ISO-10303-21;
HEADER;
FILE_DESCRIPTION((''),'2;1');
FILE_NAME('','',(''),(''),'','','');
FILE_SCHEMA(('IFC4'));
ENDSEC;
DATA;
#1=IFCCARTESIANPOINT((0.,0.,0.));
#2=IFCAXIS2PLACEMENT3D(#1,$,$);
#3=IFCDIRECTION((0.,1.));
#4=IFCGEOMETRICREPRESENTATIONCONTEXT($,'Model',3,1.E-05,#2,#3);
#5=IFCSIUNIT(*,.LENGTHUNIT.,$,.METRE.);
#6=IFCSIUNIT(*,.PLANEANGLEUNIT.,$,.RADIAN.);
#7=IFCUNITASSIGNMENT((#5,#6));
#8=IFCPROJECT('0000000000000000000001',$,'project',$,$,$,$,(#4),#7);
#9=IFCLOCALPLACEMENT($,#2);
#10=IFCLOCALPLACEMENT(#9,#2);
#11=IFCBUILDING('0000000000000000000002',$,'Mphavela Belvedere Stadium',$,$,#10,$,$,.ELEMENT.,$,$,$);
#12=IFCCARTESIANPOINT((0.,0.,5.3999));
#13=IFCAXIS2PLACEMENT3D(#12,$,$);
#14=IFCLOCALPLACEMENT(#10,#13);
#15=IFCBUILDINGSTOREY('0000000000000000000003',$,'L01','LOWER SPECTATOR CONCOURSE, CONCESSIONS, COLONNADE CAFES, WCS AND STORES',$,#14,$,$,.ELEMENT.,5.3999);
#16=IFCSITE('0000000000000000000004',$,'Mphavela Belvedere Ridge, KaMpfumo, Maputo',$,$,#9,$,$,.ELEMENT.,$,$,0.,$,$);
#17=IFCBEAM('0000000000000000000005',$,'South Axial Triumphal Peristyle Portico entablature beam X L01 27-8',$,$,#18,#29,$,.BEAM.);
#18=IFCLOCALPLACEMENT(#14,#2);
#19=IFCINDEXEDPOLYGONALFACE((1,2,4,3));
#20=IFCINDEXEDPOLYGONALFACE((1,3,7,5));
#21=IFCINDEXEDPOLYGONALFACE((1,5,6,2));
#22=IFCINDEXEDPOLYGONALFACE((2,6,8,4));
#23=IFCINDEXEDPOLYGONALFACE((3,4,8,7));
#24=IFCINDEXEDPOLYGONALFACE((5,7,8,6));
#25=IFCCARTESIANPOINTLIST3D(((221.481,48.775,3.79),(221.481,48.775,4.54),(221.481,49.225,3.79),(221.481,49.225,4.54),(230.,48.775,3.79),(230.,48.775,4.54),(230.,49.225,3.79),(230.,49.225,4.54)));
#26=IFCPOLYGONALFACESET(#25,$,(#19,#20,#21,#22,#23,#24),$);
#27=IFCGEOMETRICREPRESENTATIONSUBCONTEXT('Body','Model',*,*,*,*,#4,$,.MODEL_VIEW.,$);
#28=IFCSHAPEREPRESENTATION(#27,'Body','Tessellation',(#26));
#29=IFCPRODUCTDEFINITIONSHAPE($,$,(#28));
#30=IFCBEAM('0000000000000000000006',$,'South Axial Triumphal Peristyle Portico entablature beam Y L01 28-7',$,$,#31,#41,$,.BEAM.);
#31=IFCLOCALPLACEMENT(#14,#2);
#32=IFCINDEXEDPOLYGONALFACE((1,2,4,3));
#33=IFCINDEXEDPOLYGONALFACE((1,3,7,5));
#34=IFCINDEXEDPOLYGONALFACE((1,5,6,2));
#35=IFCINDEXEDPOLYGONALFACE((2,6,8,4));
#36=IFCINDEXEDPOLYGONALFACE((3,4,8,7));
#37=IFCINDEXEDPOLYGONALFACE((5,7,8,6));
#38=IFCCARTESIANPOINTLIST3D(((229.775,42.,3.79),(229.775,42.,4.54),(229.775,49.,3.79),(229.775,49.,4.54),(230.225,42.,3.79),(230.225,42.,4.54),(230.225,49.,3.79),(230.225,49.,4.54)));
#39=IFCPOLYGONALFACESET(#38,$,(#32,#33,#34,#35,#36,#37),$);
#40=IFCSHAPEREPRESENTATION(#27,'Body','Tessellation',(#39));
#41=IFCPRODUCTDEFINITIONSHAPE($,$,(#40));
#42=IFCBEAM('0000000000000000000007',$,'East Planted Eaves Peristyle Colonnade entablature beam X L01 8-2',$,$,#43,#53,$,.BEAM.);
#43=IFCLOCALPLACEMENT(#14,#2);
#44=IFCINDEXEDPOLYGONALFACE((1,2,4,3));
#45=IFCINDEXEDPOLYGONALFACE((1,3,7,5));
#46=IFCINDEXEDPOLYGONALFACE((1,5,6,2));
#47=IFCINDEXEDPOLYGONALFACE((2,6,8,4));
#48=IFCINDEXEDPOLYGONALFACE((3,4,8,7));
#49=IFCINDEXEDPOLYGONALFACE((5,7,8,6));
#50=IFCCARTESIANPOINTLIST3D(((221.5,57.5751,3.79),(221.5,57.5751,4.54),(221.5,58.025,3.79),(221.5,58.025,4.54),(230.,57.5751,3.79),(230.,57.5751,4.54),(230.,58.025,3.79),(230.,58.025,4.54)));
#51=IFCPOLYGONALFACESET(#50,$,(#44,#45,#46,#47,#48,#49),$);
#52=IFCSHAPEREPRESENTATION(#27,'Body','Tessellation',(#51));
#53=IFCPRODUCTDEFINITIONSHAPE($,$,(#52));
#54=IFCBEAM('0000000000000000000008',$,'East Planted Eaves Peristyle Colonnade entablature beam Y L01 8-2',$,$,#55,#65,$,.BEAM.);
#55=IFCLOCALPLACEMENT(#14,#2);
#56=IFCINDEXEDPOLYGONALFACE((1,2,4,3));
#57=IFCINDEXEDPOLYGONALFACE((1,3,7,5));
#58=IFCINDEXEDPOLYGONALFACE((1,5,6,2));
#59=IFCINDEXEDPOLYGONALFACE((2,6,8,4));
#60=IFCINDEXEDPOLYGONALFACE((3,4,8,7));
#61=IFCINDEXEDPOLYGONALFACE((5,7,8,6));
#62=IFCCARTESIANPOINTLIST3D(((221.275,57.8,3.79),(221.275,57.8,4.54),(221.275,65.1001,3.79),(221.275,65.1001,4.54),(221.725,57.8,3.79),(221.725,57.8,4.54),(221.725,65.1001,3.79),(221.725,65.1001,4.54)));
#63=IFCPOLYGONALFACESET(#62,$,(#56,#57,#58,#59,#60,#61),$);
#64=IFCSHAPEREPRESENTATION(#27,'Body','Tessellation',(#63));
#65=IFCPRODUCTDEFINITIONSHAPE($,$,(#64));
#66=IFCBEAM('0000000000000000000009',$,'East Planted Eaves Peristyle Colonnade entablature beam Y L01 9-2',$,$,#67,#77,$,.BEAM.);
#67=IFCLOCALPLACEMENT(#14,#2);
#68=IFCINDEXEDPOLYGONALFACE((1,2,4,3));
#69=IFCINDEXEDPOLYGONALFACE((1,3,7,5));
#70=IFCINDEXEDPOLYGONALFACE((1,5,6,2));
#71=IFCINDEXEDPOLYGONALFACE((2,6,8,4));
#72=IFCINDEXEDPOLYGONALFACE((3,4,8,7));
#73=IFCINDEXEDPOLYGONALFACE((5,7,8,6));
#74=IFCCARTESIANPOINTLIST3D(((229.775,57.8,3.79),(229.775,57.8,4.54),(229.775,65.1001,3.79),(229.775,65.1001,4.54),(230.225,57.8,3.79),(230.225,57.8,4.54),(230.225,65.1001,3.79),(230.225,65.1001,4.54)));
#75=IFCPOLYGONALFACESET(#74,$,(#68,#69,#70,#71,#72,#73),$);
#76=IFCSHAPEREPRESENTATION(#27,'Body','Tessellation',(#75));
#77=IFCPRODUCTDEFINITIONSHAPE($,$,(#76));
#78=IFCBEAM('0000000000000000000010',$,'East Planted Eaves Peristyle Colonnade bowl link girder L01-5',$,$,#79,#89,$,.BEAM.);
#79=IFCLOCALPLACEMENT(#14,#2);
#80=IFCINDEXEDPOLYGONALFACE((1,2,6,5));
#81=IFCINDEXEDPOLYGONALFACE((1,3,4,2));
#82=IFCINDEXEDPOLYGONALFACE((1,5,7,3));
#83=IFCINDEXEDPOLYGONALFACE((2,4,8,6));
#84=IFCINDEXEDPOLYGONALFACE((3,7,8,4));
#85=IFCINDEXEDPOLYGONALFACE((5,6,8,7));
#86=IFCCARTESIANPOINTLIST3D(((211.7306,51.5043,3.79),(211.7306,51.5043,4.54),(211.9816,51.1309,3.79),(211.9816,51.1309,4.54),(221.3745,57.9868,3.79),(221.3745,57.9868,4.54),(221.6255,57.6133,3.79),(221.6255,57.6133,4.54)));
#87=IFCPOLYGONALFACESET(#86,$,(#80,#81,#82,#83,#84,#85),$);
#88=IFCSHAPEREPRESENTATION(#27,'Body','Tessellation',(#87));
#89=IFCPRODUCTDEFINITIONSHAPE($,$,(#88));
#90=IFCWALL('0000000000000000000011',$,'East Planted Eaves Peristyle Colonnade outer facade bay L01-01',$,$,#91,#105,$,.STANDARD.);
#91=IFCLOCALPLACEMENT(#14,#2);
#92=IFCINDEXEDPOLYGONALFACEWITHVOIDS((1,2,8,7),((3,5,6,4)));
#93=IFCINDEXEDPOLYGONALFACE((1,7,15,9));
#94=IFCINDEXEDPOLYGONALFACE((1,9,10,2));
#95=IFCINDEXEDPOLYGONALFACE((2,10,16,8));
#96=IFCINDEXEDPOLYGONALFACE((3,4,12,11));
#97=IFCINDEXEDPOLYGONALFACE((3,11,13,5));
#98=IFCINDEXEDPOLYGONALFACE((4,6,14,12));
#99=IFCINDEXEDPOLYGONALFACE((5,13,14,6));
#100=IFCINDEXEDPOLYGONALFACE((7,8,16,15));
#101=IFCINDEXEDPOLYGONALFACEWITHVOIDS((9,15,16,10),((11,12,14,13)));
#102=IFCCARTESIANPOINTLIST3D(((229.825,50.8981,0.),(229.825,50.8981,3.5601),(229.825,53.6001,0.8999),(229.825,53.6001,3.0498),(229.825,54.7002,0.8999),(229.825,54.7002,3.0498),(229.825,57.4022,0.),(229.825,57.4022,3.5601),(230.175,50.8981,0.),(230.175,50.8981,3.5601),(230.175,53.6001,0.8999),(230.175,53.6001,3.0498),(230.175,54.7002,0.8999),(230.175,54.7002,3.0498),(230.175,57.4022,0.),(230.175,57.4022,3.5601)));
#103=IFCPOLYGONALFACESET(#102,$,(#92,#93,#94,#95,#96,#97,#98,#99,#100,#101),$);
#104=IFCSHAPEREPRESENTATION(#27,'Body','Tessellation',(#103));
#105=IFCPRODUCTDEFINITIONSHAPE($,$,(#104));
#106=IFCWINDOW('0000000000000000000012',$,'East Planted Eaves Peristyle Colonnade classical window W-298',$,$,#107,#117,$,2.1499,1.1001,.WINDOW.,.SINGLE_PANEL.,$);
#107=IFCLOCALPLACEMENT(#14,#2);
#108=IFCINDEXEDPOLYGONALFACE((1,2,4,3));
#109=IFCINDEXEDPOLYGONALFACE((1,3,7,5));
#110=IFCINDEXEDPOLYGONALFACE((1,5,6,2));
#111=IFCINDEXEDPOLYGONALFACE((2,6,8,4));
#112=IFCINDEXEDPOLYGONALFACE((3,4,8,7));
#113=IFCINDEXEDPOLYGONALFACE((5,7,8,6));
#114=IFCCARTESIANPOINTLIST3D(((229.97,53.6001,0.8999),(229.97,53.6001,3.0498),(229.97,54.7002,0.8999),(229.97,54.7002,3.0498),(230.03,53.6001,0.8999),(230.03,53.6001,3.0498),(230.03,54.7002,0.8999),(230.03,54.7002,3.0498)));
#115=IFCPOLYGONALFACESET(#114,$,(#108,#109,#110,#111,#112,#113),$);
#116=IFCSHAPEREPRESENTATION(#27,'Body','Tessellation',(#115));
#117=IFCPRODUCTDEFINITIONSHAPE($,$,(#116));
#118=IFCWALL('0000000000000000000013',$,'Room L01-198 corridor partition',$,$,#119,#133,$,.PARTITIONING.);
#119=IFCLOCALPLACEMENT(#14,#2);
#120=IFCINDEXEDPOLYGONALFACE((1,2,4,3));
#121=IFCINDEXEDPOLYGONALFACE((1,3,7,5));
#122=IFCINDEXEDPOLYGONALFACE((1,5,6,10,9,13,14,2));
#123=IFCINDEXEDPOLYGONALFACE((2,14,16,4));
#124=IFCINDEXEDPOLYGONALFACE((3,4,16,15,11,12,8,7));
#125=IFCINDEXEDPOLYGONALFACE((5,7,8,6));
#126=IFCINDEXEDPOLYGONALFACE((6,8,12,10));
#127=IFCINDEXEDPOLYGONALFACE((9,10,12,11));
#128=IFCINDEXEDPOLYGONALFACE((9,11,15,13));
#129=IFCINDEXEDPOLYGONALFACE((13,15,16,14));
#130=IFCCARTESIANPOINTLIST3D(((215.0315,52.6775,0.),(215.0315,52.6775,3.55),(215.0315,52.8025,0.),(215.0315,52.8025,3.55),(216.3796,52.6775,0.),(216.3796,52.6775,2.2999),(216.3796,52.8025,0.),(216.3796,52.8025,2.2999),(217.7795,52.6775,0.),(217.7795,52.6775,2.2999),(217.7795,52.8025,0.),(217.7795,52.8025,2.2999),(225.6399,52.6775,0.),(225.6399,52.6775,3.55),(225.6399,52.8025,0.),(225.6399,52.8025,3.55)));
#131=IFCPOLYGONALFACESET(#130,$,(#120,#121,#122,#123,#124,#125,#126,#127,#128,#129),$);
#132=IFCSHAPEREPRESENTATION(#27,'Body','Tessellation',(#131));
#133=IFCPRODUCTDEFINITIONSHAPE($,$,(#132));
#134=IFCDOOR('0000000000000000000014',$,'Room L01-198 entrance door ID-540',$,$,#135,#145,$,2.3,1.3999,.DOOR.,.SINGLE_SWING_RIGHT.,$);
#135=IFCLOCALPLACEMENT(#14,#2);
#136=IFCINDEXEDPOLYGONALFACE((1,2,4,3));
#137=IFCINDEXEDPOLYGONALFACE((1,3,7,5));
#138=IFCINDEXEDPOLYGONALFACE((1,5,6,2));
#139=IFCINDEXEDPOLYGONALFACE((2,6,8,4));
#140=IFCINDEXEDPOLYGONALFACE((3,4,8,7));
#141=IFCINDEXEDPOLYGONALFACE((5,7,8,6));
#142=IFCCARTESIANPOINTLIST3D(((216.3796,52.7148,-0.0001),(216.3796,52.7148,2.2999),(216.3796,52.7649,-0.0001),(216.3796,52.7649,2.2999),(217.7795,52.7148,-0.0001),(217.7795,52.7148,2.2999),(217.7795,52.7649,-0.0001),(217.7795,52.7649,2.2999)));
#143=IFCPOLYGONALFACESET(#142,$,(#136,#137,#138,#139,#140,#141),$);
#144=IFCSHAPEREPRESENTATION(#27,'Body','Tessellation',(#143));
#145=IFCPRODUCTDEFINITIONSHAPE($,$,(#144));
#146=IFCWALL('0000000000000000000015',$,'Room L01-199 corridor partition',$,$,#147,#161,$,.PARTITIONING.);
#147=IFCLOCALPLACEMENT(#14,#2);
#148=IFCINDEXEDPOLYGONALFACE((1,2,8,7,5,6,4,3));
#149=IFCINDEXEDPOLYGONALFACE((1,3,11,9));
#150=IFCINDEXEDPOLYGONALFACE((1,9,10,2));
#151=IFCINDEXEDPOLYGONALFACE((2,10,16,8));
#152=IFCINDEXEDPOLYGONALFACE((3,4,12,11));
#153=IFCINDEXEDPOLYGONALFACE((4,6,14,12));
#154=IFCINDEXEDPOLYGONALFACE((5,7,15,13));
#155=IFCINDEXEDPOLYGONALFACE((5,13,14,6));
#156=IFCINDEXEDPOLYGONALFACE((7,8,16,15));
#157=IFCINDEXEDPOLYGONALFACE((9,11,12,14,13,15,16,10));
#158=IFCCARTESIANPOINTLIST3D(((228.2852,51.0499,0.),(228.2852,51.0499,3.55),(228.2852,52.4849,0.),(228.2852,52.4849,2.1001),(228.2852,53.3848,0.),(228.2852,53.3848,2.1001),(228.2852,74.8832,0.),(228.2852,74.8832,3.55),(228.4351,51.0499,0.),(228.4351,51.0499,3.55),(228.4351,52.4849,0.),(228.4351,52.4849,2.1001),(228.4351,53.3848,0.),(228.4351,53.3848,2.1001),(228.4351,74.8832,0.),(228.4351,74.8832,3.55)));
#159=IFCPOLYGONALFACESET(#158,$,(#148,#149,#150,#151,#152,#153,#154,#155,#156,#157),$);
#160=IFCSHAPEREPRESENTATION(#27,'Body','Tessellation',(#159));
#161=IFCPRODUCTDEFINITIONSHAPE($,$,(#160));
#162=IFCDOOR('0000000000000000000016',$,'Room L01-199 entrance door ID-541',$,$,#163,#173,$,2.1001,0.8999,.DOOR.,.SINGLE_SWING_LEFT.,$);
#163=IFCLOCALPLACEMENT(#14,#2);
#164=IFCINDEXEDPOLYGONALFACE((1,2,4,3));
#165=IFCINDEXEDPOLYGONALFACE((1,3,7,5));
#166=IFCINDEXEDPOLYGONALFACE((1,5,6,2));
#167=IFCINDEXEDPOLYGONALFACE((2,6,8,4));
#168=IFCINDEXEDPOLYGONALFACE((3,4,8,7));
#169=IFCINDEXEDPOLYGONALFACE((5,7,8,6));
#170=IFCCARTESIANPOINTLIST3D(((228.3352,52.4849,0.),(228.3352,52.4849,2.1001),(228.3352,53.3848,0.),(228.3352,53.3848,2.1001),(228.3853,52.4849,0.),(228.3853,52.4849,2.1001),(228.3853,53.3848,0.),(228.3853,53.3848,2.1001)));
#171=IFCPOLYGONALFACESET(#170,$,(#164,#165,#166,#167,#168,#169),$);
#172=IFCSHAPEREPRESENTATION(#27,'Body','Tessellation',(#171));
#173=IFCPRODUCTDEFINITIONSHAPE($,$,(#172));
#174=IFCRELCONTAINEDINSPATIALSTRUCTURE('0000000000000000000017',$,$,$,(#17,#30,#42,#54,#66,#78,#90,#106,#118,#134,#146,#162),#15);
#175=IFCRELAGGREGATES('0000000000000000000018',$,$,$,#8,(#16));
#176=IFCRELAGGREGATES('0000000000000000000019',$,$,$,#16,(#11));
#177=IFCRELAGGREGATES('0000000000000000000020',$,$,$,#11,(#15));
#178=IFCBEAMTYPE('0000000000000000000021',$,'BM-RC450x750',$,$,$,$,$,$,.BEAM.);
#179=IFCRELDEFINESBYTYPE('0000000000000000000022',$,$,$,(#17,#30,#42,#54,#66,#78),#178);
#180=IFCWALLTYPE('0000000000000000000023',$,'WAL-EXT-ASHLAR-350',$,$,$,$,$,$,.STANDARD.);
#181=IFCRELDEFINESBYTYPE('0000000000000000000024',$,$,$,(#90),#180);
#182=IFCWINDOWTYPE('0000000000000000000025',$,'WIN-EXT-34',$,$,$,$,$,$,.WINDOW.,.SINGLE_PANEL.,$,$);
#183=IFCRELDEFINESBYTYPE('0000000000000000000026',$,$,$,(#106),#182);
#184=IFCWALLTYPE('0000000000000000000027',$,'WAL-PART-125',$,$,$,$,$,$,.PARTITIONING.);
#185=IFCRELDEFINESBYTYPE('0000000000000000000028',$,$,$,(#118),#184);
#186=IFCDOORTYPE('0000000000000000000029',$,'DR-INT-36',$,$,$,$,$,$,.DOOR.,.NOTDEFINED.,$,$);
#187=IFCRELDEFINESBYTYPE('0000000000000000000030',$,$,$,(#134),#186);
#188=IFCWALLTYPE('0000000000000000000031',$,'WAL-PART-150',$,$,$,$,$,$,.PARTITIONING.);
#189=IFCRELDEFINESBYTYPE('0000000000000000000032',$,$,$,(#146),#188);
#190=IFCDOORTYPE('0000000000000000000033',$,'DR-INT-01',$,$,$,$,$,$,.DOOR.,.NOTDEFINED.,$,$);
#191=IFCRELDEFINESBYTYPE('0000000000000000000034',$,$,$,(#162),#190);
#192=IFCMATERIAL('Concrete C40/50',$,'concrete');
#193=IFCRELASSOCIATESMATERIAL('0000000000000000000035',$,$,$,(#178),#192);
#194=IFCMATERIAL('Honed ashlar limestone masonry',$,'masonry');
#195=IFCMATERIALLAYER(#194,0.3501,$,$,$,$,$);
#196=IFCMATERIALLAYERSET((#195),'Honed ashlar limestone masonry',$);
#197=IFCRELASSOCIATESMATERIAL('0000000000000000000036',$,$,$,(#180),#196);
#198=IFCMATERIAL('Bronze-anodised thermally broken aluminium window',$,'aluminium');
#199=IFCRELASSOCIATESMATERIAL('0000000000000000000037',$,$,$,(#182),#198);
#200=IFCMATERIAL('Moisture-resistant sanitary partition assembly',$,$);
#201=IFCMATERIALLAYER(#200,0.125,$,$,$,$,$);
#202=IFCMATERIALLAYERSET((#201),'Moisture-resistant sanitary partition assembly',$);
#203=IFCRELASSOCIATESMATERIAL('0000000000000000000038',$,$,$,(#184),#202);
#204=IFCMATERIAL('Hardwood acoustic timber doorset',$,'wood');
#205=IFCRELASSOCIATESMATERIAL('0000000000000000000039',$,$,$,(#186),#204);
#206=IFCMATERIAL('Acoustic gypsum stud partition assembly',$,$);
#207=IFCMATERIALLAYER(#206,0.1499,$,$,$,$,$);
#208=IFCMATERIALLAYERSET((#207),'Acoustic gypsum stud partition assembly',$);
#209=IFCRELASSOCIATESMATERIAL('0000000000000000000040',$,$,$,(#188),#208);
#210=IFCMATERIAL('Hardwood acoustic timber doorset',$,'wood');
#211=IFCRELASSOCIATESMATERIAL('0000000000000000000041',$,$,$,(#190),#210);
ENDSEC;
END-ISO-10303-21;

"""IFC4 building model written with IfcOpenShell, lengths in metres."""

from ifc_helpers import new_model, si_unit, direction, frame, frame_2d, origin, origin_2d, place, context, subcontext, project, spatial, rectangle, extrude, material, layer, layer_set, material_profile, profile_set, type_object, element, fill, save


model = new_model("IFC4")

# Units and contexts
model_context = context("Model", 3, precision=1e-05, world=origin(), true_north=direction((0.0, 1.0)))
body_context = subcontext(model_context, "Body", "Model", "MODEL_VIEW")
ifc_project = project(units=[si_unit("LENGTHUNIT", "METRE"), si_unit("PLANEANGLEUNIT", "RADIAN")], contexts=[model_context])

# Site, building, storey
site_placement = place(None, origin())
site = spatial("IfcSite", under=ifc_project, at=site_placement, Name="Mphavela Belvedere Ridge, KaMpfumo, Maputo", CompositionType="ELEMENT", RefElevation=0.0)
building_placement = place(site_placement, origin())
building = spatial("IfcBuilding", under=site, at=building_placement, Name="Mphavela Belvedere Stadium", CompositionType="ELEMENT")
storey_placement = place(building_placement, frame((0.0, 0.0, 5.3999)))
storey = spatial("IfcBuildingStorey", under=building, at=storey_placement, Name="L01", Description="LOWER SPECTATOR CONCOURSE, CONCESSIONS, COLONNADE CAFES, WCS AND STORES", CompositionType="ELEMENT", Elevation=5.3999)

# Beams
ifc_material_1 = material(Name="Concrete C40/50", Category="concrete")
ifc_material_profile_1 = material_profile(ifc_material_1, rectangle(XDim=0.45, YDim=0.75, at=origin_2d()), Name="RC 450x750")
ifc_profile_set_1 = profile_set([ifc_material_profile_1], Name="Concrete C40/50")
beam_type_1 = type_object("IfcBeamType", Name="BM-RC450x750", PredefinedType="BEAM", material=ifc_profile_set_1)
beam_1_placement = place(storey_placement, frame((221.481, 49.0, 4.165), z_axis=(1.0, 0.0, 0.0), x_axis=(0.0, 1.0, 0.0)))
element("IfcBeam", 1, at=beam_1_placement, inside=storey, type_object=beam_type_1, Name="South Axial Triumphal Peristyle Portico entablature beam X L01 27-8", PredefinedType="BEAM", context=body_context, shape_type="SweptSolid", body=[
    extrude(rectangle(XDim=0.45, YDim=0.75, at=origin_2d()), origin(), (0.0, 0.0, 1.0), 8.519),
])
beam_2_placement = place(storey_placement, frame((230.0, 42.0, 4.165), z_axis=(0.0, 1.0, 0.0), x_axis=(-1.0, 0.0, 0.0)))
element("IfcBeam", 2, at=beam_2_placement, inside=storey, type_object=beam_type_1, Name="South Axial Triumphal Peristyle Portico entablature beam Y L01 28-7", PredefinedType="BEAM", context=body_context, shape_type="SweptSolid", body=[
    extrude(rectangle(XDim=0.45, YDim=0.75, at=origin_2d()), origin(), (0.0, 0.0, 1.0), 7.0),
])
beam_3_placement = place(storey_placement, frame((221.5, 57.8, 4.165), z_axis=(1.0, 0.0, 0.0), x_axis=(0.0, 1.0, 0.0)))
element("IfcBeam", 3, at=beam_3_placement, inside=storey, type_object=beam_type_1, Name="East Planted Eaves Peristyle Colonnade entablature beam X L01 8-2", PredefinedType="BEAM", context=body_context, shape_type="SweptSolid", body=[
    extrude(rectangle(XDim=0.45, YDim=0.75, at=origin_2d()), origin(), (0.0, 0.0, 1.0), 8.5),
])
for number, where, z_axis, x_axis, name in (
    (4, (221.5, 57.8, 4.165), (0.0, 1.0, 0.0), (-1.0, 0.0, 0.0), "East Planted Eaves Peristyle Colonnade entablature beam Y L01 8-2"),
    (5, (230.0, 57.8, 4.165), (0.0, 1.0, 0.0), (-1.0, 0.0, 0.0), "East Planted Eaves Peristyle Colonnade entablature beam Y L01 9-2"),
):
    element("IfcBeam", number, at=place(storey_placement, frame(where, z_axis=z_axis, x_axis=x_axis)), inside=storey, type_object=beam_type_1, Name=name, PredefinedType="BEAM", context=body_context, shape_type="SweptSolid", body=[
        extrude(rectangle(XDim=0.45, YDim=0.75, at=origin_2d()), origin(), (0.0, 0.0, 1.0), 7.3),
    ])
beam_4_placement = place(storey_placement, frame((221.5, 57.8, 4.165), z_axis=(-0.82993, -0.557867, 0.0), x_axis=(0.557867, -0.82993, 0.0)))
element("IfcBeam", 6, at=beam_4_placement, inside=storey, type_object=beam_type_1, Name="East Planted Eaves Peristyle Colonnade bowl link girder L01-5", PredefinedType="BEAM", context=body_context, shape_type="SweptSolid", body=[
    extrude(rectangle(XDim=0.45, YDim=0.75, at=origin_2d()), origin(), (0.0, 0.0, 1.0), 11.6201),
])

# Wall, opening, window
ifc_material_2 = material(Name="Honed ashlar limestone masonry", Category="masonry")
ifc_layer_1 = layer(ifc_material_2, 0.3501)
ifc_layer_set_1 = layer_set([ifc_layer_1], Name="Honed ashlar limestone masonry")
wall_type_1 = type_object("IfcWallType", Name="WAL-EXT-ASHLAR-350", PredefinedType="STANDARD", material=ifc_layer_set_1)
wall_1_placement = place(storey_placement, frame((230.0, 57.4021, 0.0), z_axis=(0.0, 0.0, 1.0), x_axis=(0.0, -1.0, 0.0)))
wall_1 = element("IfcWall", 7, at=wall_1_placement, inside=storey, type_object=wall_type_1, Name="East Planted Eaves Peristyle Colonnade outer facade bay L01-01", PredefinedType="STANDARD", context=body_context, shape_type="SweptSolid", body=[
    extrude(rectangle(XDim=6.5042, YDim=0.3501, at=frame_2d((3.252, 0.0))), origin(), (0.0, 0.0, 1.0), 3.5601),
])
opening_1_placement = place(wall_1_placement, frame((2.7019, 0.0, 0.8999)))
opening_1 = element("IfcOpeningElement", 8, at=opening_1_placement, cuts=wall_1, PredefinedType="OPENING", context=body_context, shape_type="SweptSolid", body=[
    extrude(rectangle(XDim=1.1001, YDim=2.1499, at=frame_2d((0.55, 1.075))), frame((0.0, 0.1851, 0.0), z_axis=(0.0, -1.0, 0.0), x_axis=(1.0, 0.0, 0.0)), (0.0, 0.0, 1.0), 0.3701),
])
ifc_material_3 = material(Name="Bronze-anodised thermally broken aluminium window", Category="aluminium")
window_type = type_object("IfcWindowType", Name="WIN-EXT-34", PartitioningType="SINGLE_PANEL", PredefinedType="WINDOW", material=ifc_material_3)
window_placement = place(opening_1_placement, origin())
window = element("IfcWindow", 9, at=window_placement, inside=storey, type_object=window_type, Name="East Planted Eaves Peristyle Colonnade classical window W-298", OverallHeight=2.1499, OverallWidth=1.1001, PartitioningType="SINGLE_PANEL", PredefinedType="WINDOW", context=body_context, shape_type="SweptSolid", body=[
    extrude(rectangle(XDim=1.1001, YDim=2.1499, at=frame_2d((0.55, 1.075))), frame((0.0, 0.03, 0.0), z_axis=(0.0, -1.0, 0.0), x_axis=(1.0, 0.0, 0.0)), (0.0, 0.0, 1.0), 0.0601),
])
fill(opening_1, window)

# Walls, openings, doors
ifc_material_4 = material(Name="Moisture-resistant sanitary partition assembly")
ifc_layer_2 = layer(ifc_material_4, 0.125)
ifc_layer_set_2 = layer_set([ifc_layer_2], Name="Moisture-resistant sanitary partition assembly")
wall_type_2 = type_object("IfcWallType", Name="WAL-PART-125", PredefinedType="PARTITIONING", material=ifc_layer_set_2)
wall_2_placement = place(storey_placement, frame((215.0315, 52.74, 0.0), z_axis=(0.0, 0.0, 1.0), x_axis=(1.0, 0.0, 0.0)))
wall_2 = element("IfcWall", 10, at=wall_2_placement, inside=storey, type_object=wall_type_2, Name="Room L01-198 corridor partition", PredefinedType="PARTITIONING", context=body_context, shape_type="SweptSolid", body=[
    extrude(rectangle(XDim=10.6084, YDim=0.125, at=frame_2d((5.3042, 0.0))), origin(), (0.0, 0.0, 1.0), 3.55),
])
opening_2_placement = place(wall_2_placement, frame((1.3481, 0.0, 0.0)))
opening_2 = element("IfcOpeningElement", 11, at=opening_2_placement, cuts=wall_2, PredefinedType="OPENING", context=body_context, shape_type="SweptSolid", body=[
    extrude(rectangle(XDim=1.3999, YDim=2.3, at=frame_2d((0.7, 1.1499))), frame((0.0, 0.0725, 0.0), z_axis=(0.0, -1.0, 0.0), x_axis=(1.0, 0.0, 0.0)), (0.0, 0.0, 1.0), 0.145),
])
ifc_material_5 = material(Name="Hardwood acoustic timber doorset", Category="wood")
door_type_1 = type_object("IfcDoorType", Name="DR-INT-36", OperationType="NOTDEFINED", PredefinedType="DOOR", material=ifc_material_5)
door_1_placement = place(opening_2_placement, origin())
door_1 = element("IfcDoor", 12, at=door_1_placement, inside=storey, type_object=door_type_1, Name="Room L01-198 entrance door ID-540", OperationType="SINGLE_SWING_RIGHT", OverallHeight=2.3, OverallWidth=1.3999, PredefinedType="DOOR", context=body_context, shape_type="SweptSolid", body=[
    extrude(rectangle(XDim=1.3999, YDim=2.3, at=frame_2d((0.7, 1.1499))), frame((0.0, 0.0249, 0.0), z_axis=(0.0, -1.0, 0.0), x_axis=(1.0, 0.0, 0.0)), (0.0, 0.0, 1.0), 0.05),
])
fill(opening_2, door_1)
ifc_material_6 = material(Name="Acoustic gypsum stud partition assembly")
ifc_layer_3 = layer(ifc_material_6, 0.1499)
ifc_layer_set_3 = layer_set([ifc_layer_3], Name="Acoustic gypsum stud partition assembly")
wall_type_3 = type_object("IfcWallType", Name="WAL-PART-150", PredefinedType="PARTITIONING", material=ifc_layer_set_3)
wall_3_placement = place(storey_placement, frame((228.3601, 51.05, 0.0), z_axis=(0.0, 0.0, 1.0), x_axis=(0.0, 1.0, 0.0)))
wall_3 = element("IfcWall", 13, at=wall_3_placement, inside=storey, type_object=wall_type_3, Name="Room L01-199 corridor partition", PredefinedType="PARTITIONING", context=body_context, shape_type="SweptSolid", body=[
    extrude(rectangle(XDim=23.8333, YDim=0.1499, at=frame_2d((11.9165, 0.0))), origin(), (0.0, 0.0, 1.0), 3.55),
])
opening_3_placement = place(wall_3_placement, frame((1.4348, 0.0, 0.0)))
opening_3 = element("IfcOpeningElement", 14, at=opening_3_placement, cuts=wall_3, PredefinedType="OPENING", context=body_context, shape_type="SweptSolid", body=[
    extrude(rectangle(XDim=0.8999, YDim=2.1001, at=frame_2d((0.45, 1.05))), frame((0.0, 0.085, 0.0), z_axis=(0.0, -1.0, 0.0), x_axis=(1.0, 0.0, 0.0)), (0.0, 0.0, 1.0), 0.1699),
])
ifc_material_7 = material(Name="Hardwood acoustic timber doorset", Category="wood")
door_type_2 = type_object("IfcDoorType", Name="DR-INT-01", OperationType="NOTDEFINED", PredefinedType="DOOR", material=ifc_material_7)
door_2_placement = place(opening_3_placement, origin())
door_2 = element("IfcDoor", 15, at=door_2_placement, inside=storey, type_object=door_type_2, Name="Room L01-199 entrance door ID-541", OperationType="SINGLE_SWING_LEFT", OverallHeight=2.1001, OverallWidth=0.8999, PredefinedType="DOOR", context=body_context, shape_type="SweptSolid", body=[
    extrude(rectangle(XDim=0.8999, YDim=2.1001, at=frame_2d((0.45, 1.05))), frame((0.0, 0.0249, 0.0), z_axis=(0.0, -1.0, 0.0), x_axis=(1.0, 0.0, 0.0)), (0.0, 0.0, 1.0), 0.05),
])
fill(opening_3, door_2)

save(model, "model.ifc")
